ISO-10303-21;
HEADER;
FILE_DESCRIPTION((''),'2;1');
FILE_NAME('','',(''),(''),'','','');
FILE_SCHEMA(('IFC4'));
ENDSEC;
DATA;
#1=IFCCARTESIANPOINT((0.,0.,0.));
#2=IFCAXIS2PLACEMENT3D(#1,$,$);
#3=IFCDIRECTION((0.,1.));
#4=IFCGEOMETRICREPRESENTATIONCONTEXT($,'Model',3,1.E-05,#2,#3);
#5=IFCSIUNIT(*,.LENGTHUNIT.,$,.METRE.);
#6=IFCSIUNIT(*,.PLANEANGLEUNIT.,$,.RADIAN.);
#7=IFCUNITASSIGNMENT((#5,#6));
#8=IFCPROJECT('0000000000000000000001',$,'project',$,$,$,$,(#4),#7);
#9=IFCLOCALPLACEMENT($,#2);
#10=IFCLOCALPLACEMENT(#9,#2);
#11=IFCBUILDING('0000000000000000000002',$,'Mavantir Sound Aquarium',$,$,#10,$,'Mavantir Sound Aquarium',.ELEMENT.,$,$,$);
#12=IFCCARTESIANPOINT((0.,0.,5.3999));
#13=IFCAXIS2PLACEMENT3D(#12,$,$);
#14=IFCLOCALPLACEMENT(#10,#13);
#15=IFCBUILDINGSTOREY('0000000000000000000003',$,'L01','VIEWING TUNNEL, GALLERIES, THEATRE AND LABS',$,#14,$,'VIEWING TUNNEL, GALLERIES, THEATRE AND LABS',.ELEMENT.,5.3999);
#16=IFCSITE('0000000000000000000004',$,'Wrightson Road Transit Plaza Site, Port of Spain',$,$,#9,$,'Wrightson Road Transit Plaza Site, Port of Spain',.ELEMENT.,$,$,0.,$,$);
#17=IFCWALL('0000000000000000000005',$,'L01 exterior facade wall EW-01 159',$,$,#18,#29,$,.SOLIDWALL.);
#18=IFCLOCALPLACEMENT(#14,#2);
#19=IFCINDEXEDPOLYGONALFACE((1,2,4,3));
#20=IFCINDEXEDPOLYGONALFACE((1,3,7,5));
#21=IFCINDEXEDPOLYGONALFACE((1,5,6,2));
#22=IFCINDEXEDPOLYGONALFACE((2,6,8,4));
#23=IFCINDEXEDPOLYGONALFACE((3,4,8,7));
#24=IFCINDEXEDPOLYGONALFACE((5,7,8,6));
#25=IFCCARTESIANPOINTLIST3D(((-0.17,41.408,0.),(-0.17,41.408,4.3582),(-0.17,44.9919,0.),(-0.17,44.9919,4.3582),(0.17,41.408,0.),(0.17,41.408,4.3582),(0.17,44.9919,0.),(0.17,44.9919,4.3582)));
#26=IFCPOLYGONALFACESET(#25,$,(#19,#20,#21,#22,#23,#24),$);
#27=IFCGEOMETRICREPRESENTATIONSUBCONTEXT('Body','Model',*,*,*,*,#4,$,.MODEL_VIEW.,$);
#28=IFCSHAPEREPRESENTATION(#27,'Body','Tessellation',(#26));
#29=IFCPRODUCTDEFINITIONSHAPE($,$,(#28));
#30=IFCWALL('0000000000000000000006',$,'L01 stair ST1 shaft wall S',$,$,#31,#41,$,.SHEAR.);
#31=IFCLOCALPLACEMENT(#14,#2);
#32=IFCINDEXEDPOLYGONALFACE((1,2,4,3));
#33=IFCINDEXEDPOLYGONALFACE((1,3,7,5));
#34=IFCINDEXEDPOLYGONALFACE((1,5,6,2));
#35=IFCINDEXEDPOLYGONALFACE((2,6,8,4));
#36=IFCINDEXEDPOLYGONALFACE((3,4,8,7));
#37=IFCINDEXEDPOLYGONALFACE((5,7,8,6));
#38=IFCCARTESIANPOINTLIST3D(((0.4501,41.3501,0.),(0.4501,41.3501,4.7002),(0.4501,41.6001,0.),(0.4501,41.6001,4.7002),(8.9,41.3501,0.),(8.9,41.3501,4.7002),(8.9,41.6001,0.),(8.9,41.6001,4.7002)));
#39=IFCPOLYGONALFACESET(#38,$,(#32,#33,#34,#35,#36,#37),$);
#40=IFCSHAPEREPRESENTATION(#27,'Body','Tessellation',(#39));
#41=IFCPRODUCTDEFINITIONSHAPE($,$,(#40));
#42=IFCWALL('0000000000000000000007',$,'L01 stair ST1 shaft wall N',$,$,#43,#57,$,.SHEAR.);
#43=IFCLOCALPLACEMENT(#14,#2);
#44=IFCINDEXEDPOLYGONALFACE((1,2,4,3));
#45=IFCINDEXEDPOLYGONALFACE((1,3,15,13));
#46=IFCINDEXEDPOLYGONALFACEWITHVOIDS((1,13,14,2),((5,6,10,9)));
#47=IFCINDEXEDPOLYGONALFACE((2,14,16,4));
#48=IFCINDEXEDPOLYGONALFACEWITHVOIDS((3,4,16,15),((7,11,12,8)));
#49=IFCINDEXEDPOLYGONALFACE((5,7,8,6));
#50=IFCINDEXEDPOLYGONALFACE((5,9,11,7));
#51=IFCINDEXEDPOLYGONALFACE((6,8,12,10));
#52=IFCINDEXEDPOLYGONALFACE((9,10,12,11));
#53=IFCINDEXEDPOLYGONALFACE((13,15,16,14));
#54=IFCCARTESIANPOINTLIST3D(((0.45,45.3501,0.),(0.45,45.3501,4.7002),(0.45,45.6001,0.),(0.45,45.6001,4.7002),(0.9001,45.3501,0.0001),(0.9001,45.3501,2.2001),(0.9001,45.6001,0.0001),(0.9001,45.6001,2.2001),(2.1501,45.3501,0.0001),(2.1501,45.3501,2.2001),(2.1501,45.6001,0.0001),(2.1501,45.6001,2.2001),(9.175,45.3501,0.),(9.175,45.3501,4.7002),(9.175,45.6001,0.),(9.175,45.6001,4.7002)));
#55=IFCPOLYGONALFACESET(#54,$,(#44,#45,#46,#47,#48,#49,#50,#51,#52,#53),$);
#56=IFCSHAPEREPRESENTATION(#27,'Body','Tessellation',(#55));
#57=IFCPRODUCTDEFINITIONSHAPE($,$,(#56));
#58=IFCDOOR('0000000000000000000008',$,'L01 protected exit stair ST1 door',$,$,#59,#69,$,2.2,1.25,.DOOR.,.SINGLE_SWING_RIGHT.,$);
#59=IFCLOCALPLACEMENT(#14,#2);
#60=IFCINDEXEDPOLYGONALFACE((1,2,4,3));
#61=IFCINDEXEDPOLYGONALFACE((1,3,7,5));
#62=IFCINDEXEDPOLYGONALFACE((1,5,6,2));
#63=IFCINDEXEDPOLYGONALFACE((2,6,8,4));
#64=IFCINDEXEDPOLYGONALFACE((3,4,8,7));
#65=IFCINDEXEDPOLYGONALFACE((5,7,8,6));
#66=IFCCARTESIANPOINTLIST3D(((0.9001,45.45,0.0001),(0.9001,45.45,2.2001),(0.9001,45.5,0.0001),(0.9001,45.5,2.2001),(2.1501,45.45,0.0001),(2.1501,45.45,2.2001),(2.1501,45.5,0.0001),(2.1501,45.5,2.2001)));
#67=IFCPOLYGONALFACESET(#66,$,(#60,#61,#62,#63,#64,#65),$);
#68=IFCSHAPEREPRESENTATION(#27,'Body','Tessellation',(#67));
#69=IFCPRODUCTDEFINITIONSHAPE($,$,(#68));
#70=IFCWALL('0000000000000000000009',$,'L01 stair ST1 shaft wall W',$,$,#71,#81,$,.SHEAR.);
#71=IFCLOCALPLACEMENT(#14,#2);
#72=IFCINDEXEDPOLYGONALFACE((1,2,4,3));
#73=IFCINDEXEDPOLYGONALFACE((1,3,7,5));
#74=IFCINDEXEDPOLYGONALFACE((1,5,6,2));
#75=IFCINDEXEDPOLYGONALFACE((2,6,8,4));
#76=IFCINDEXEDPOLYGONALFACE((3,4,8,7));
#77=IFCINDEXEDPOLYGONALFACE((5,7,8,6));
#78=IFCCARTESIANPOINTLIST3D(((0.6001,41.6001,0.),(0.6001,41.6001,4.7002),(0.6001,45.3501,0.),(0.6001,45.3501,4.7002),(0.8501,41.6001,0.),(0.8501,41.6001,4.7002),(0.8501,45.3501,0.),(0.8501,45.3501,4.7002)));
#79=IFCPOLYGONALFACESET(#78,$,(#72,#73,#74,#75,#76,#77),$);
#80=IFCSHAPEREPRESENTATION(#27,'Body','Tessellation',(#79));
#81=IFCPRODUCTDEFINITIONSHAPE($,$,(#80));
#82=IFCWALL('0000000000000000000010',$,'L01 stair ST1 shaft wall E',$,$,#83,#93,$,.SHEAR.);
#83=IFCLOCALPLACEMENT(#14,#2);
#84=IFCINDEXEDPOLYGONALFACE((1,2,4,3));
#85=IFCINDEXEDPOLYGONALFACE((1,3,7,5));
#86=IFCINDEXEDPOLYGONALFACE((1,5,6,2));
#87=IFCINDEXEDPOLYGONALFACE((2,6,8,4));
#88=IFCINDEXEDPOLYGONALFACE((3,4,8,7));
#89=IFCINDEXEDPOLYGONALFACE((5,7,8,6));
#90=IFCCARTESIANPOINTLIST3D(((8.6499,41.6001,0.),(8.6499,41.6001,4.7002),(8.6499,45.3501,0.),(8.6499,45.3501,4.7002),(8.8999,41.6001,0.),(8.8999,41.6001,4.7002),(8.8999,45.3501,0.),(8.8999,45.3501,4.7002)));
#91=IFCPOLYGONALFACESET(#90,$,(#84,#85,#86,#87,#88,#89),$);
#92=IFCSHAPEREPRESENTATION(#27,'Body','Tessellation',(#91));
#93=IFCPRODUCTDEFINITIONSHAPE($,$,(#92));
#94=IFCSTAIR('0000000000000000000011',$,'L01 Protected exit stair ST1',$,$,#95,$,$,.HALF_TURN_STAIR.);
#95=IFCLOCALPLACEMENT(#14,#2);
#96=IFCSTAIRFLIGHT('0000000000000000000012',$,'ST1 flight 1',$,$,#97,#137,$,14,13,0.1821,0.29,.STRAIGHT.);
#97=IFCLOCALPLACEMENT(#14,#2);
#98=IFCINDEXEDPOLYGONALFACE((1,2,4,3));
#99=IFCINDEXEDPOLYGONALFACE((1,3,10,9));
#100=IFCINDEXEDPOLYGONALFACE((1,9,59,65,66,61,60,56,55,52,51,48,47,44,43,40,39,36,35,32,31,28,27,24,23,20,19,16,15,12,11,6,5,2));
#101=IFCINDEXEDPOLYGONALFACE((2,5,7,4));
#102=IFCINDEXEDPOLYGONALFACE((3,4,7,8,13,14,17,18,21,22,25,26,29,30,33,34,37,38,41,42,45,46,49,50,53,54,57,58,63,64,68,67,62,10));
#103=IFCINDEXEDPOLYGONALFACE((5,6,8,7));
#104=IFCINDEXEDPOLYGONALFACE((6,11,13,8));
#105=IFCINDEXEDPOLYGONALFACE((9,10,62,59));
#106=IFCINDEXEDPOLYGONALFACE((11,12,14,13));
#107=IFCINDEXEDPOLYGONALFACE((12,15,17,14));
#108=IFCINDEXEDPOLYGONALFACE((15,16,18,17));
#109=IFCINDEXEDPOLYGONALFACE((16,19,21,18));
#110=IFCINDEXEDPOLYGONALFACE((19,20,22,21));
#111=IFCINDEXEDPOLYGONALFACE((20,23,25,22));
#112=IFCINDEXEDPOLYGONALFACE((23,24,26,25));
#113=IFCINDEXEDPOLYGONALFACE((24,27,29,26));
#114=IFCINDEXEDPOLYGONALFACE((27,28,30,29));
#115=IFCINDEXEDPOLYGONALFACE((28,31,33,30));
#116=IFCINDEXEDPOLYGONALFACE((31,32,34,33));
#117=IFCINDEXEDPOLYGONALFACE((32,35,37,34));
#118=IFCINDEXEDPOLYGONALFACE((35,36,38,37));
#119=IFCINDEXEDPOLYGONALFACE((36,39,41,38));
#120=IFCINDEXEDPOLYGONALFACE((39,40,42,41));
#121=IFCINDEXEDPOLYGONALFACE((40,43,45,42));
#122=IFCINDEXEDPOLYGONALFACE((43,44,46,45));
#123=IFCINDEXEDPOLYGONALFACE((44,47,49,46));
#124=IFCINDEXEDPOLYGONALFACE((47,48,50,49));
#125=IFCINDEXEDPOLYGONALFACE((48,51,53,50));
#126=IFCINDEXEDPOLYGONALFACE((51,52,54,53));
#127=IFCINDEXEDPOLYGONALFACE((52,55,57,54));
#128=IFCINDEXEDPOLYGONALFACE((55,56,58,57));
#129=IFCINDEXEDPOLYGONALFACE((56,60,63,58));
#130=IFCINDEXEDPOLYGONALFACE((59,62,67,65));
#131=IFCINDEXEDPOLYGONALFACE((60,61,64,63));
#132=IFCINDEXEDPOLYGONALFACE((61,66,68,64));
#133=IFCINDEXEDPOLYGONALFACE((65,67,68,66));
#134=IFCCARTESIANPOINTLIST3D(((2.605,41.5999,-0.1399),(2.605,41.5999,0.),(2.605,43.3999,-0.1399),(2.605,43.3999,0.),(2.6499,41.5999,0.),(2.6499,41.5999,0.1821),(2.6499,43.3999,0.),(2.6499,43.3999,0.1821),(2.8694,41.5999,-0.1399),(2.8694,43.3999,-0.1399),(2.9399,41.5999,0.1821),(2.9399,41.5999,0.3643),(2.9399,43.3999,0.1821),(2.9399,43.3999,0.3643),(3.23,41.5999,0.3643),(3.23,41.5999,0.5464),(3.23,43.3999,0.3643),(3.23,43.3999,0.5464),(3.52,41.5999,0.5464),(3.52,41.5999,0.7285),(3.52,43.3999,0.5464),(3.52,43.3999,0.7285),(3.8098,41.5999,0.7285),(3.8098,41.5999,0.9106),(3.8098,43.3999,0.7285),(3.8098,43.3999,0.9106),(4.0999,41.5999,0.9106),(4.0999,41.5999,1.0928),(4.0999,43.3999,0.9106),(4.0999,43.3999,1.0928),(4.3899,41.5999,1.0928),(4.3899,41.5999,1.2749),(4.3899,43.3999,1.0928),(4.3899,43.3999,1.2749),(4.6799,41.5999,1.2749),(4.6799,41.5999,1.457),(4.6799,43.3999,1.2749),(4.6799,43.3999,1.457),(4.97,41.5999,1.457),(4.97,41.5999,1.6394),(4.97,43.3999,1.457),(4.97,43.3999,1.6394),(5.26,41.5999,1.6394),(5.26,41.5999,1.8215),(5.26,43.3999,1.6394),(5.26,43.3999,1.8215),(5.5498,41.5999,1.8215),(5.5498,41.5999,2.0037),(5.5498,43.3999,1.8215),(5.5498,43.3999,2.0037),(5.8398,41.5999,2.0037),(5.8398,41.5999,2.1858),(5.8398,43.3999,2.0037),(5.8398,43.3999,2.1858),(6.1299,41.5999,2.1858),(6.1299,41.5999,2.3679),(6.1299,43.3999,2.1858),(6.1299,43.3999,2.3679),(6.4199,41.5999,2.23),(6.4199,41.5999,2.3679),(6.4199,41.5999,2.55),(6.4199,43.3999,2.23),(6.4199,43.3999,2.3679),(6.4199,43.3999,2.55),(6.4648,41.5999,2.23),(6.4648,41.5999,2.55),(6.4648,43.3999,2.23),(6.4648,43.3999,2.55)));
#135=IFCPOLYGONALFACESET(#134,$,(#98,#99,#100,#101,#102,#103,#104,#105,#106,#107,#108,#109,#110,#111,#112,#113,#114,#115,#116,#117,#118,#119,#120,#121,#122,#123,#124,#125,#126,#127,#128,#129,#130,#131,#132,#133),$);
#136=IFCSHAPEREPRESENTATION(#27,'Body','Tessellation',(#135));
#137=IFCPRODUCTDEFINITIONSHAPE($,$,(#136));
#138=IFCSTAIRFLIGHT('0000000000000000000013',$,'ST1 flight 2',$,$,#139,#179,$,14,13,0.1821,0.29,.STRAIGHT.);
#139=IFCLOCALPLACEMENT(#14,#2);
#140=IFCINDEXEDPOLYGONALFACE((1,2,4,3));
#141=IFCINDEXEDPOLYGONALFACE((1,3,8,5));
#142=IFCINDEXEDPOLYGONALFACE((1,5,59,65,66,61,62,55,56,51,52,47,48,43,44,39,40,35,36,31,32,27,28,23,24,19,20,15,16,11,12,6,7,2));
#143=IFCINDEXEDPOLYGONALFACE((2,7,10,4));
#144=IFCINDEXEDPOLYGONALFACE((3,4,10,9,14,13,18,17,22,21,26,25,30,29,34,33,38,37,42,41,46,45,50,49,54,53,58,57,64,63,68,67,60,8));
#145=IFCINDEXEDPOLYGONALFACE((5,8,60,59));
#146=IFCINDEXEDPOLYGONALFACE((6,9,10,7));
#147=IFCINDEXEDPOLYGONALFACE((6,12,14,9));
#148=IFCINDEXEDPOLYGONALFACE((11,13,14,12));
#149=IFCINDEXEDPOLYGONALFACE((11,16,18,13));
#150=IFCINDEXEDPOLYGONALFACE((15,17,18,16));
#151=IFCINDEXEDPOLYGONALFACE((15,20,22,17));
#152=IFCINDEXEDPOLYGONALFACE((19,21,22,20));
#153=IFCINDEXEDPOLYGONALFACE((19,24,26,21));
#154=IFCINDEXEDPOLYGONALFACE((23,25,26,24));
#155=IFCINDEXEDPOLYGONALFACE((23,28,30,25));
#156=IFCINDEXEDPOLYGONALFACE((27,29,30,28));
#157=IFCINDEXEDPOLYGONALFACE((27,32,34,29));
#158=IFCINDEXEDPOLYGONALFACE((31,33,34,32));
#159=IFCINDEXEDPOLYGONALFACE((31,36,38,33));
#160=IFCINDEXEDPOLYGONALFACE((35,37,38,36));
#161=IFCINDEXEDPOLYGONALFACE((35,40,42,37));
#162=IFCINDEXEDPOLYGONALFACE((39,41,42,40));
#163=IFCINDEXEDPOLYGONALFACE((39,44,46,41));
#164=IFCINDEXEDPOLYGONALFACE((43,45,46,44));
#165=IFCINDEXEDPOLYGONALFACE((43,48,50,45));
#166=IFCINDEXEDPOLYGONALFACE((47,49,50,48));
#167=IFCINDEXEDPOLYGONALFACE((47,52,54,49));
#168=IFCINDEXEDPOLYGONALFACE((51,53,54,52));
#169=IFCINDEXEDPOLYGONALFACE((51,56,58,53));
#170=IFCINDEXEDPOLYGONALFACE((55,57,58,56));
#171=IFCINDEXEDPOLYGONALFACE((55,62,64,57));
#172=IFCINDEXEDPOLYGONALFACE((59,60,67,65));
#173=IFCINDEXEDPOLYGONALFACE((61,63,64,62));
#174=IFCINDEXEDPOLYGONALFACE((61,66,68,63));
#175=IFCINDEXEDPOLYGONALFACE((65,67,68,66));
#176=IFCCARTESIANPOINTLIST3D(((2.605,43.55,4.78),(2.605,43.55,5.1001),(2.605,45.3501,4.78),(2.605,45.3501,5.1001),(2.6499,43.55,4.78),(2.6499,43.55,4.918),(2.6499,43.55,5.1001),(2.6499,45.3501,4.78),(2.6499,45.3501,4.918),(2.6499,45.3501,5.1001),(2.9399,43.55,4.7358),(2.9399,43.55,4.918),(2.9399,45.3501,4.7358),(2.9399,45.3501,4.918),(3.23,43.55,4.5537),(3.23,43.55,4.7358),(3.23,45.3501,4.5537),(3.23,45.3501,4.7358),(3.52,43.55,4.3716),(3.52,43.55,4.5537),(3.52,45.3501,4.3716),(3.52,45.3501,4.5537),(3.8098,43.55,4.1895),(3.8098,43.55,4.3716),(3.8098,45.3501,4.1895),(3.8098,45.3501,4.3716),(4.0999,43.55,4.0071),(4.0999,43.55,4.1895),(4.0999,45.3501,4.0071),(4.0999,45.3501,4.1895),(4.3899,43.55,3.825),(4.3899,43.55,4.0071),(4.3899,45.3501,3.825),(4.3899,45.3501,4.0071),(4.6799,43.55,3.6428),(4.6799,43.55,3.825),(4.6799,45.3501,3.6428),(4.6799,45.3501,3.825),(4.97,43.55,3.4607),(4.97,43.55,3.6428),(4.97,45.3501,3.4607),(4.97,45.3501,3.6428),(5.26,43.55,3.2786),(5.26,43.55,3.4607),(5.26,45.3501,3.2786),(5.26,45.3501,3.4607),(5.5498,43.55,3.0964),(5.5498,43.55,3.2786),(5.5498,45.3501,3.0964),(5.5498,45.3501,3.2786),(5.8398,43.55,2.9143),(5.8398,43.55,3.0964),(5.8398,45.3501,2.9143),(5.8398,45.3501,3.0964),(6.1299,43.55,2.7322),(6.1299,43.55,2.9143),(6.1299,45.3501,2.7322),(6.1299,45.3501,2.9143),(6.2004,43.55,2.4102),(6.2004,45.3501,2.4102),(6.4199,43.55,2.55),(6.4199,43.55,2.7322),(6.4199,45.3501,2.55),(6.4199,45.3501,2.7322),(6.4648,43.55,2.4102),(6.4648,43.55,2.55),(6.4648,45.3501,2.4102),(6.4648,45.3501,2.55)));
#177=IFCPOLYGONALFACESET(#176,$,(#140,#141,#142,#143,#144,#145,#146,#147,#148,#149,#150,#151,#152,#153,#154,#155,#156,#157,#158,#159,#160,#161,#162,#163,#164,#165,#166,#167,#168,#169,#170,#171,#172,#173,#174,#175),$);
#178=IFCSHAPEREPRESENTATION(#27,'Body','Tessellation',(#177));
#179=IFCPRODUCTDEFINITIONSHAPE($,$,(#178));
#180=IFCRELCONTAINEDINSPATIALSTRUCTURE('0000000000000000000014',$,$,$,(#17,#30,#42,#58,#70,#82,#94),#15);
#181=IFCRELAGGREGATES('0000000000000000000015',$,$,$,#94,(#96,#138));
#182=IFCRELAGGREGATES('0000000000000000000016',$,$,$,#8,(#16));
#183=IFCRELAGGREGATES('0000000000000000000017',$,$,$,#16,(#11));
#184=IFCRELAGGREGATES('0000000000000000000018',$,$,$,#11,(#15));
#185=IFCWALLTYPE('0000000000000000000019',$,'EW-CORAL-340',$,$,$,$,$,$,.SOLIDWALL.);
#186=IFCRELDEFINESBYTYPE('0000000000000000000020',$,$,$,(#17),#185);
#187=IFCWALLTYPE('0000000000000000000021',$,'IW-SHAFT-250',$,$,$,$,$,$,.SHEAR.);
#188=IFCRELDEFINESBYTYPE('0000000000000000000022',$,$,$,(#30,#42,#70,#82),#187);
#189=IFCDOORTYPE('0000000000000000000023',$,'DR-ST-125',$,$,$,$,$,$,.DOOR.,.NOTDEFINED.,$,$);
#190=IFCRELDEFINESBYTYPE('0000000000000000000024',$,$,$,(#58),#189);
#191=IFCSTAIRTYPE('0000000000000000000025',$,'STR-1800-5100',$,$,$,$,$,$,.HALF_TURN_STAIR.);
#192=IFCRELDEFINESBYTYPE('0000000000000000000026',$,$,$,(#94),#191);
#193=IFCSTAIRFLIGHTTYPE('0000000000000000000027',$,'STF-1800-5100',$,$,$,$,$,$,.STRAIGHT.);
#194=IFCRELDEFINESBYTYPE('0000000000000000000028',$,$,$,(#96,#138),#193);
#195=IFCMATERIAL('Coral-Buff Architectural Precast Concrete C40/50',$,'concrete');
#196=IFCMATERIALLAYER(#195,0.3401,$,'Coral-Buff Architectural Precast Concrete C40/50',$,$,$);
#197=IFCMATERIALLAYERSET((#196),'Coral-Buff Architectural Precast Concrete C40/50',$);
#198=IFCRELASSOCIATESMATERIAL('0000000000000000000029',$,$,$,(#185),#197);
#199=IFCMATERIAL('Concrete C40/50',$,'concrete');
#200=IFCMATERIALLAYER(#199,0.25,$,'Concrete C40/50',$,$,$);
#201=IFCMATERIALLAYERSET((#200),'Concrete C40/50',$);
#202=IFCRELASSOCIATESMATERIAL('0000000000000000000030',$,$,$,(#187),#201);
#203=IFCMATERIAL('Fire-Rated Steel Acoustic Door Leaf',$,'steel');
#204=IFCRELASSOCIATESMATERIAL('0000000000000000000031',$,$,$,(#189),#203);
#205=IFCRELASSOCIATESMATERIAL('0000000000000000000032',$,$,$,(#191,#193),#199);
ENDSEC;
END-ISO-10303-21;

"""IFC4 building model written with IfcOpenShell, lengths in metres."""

from ifc_helpers import new_model, si_unit, direction, frame, frame_2d, origin, place, context, subcontext, project, spatial, polyline, rectangle, outline, extrude, material, layer, layer_set, type_object, element, fill, aggregate, save


model = new_model("IFC4")

# Units and contexts
model_context = context("Model", 3, precision=1e-05, world=origin(), true_north=direction((0.0, 1.0)))
body_context = subcontext(model_context, "Body", "Model", "MODEL_VIEW")
ifc_project = project(units=[si_unit("LENGTHUNIT", "METRE"), si_unit("PLANEANGLEUNIT", "RADIAN")], contexts=[model_context])

# Site, building, storey
site_placement = place(None, origin())
site = spatial("IfcSite", under=ifc_project, at=site_placement, Name="Wrightson Road Transit Plaza Site, Port of Spain", LongName="Wrightson Road Transit Plaza Site, Port of Spain", CompositionType="ELEMENT", RefElevation=0.0)
building_placement = place(site_placement, origin())
building = spatial("IfcBuilding", under=site, at=building_placement, Name="Mavantir Sound Aquarium", LongName="Mavantir Sound Aquarium", CompositionType="ELEMENT")
storey_placement = place(building_placement, frame((0.0, 0.0, 5.3999)))
storey = spatial("IfcBuildingStorey", under=building, at=storey_placement, Name="L01", Description="VIEWING TUNNEL, GALLERIES, THEATRE AND LABS", LongName="VIEWING TUNNEL, GALLERIES, THEATRE AND LABS", CompositionType="ELEMENT", Elevation=5.3999)

# Shared definitions
ifc_material_1 = material(Name="Concrete C40/50", Category="concrete")

# Walls
ifc_material_2 = material(Name="Coral-Buff Architectural Precast Concrete C40/50", Category="concrete")
ifc_layer_1 = layer(ifc_material_2, 0.3401, Name="Coral-Buff Architectural Precast Concrete C40/50")
ifc_layer_set_1 = layer_set([ifc_layer_1], Name="Coral-Buff Architectural Precast Concrete C40/50")
wall_type_1 = type_object("IfcWallType", Name="EW-CORAL-340", PredefinedType="SOLIDWALL", material=ifc_layer_set_1)
wall_1_placement = place(storey_placement, frame((0.0, 44.9919, 0.0), z_axis=(0.0, 0.0, 1.0), x_axis=(0.0, -1.0, 0.0)))
element("IfcWall", 1, at=wall_1_placement, inside=storey, type_object=wall_type_1, Name="L01 exterior facade wall EW-01 159", PredefinedType="SOLIDWALL", context=body_context, shape_type="SweptSolid", body=[
    extrude(rectangle(XDim=3.584, YDim=0.3401, at=frame_2d((1.792, 0.0))), origin(), (0.0, 0.0, 1.0), 4.3582),
])
ifc_layer_2 = layer(ifc_material_1, 0.25, Name="Concrete C40/50")
ifc_layer_set_2 = layer_set([ifc_layer_2], Name="Concrete C40/50")
wall_type_2 = type_object("IfcWallType", Name="IW-SHAFT-250", PredefinedType="SHEAR", material=ifc_layer_set_2)
wall_2_placement = place(storey_placement, frame((0.45, 41.4751, 0.0), z_axis=(0.0, 0.0, 1.0), x_axis=(1.0, 0.0, 0.0)))
element("IfcWall", 2, at=wall_2_placement, inside=storey, type_object=wall_type_2, Name="L01 stair ST1 shaft wall S", PredefinedType="SHEAR", context=body_context, shape_type="SweptSolid", body=[
    extrude(rectangle(XDim=8.45, YDim=0.25, at=frame_2d((4.2251, 0.0))), origin(), (0.0, 0.0, 1.0), 4.7002),
])

# Wall, opening, door
wall_3_placement = place(storey_placement, frame((9.175, 45.4751, 0.0), z_axis=(0.0, 0.0, 1.0), x_axis=(-1.0, 0.0, 0.0)))
wall_3 = element("IfcWall", 3, at=wall_3_placement, inside=storey, type_object=wall_type_2, Name="L01 stair ST1 shaft wall N", PredefinedType="SHEAR", context=body_context, shape_type="SweptSolid", body=[
    extrude(rectangle(XDim=8.7251, YDim=0.25, at=frame_2d((4.3625, 0.0))), origin(), (0.0, 0.0, 1.0), 4.7002),
])
opening_placement = place(wall_3_placement, frame((8.2749, 0.0, 0.0), z_axis=(0.0, 0.0, 1.0), x_axis=(-1.0, 0.0, 0.0)))
opening = element("IfcOpeningElement", 4, at=opening_placement, cuts=wall_3, PredefinedType="OPENING", context=body_context, shape_type="SweptSolid", body=[
    extrude(rectangle(XDim=1.25, YDim=2.2, at=frame_2d((0.625, 1.1001))), frame((0.0, 0.135, 0.0), z_axis=(0.0, -1.0, 0.0), x_axis=(1.0, 0.0, 0.0)), (0.0, 0.0, 1.0), 0.27),
])
ifc_material_3 = material(Name="Fire-Rated Steel Acoustic Door Leaf", Category="steel")
door_type = type_object("IfcDoorType", Name="DR-ST-125", OperationType="NOTDEFINED", PredefinedType="DOOR", material=ifc_material_3)
door_placement = place(opening_placement, origin())
door = element("IfcDoor", 5, at=door_placement, inside=storey, type_object=door_type, Name="L01 protected exit stair ST1 door", OperationType="SINGLE_SWING_RIGHT", OverallHeight=2.2, OverallWidth=1.25, PredefinedType="DOOR", context=body_context, shape_type="SweptSolid", body=[
    extrude(rectangle(XDim=1.25, YDim=2.2, at=frame_2d((0.625, 1.1001))), frame((0.0, 0.0249, 0.0), z_axis=(0.0, -1.0, 0.0), x_axis=(1.0, 0.0, 0.0)), (0.0, 0.0, 1.0), 0.05),
])
fill(opening, door)

# Walls
for number, where, z_axis, x_axis, name in (
    (6, (0.7251, 45.3501, 0.0), (0.0, 0.0, 1.0), (0.0, -1.0, 0.0), "L01 stair ST1 shaft wall W"),
    (7, (8.7749, 41.6001, 0.0), (0.0, 0.0, 1.0), (0.0, 1.0, 0.0), "L01 stair ST1 shaft wall E"),
):
    element("IfcWall", number, at=place(storey_placement, frame(where, z_axis=z_axis, x_axis=x_axis)), inside=storey, type_object=wall_type_2, Name=name, PredefinedType="SHEAR", context=body_context, shape_type="SweptSolid", body=[
        extrude(rectangle(XDim=3.75, YDim=0.25, at=frame_2d((1.875, 0.0))), origin(), (0.0, 0.0, 1.0), 4.7002),
    ])

# Stair, stair flights
stair_type = type_object("IfcStairType", Name="STR-1800-5100", PredefinedType="HALF_TURN_STAIR", material=ifc_material_1)
stair_placement = place(storey_placement, origin())
stair = element("IfcStair", 8, at=stair_placement, inside=storey, type_object=stair_type, Name="L01 Protected exit stair ST1", PredefinedType="HALF_TURN_STAIR")
stair_flight_type = type_object("IfcStairFlightType", Name="STF-1800-5100", PredefinedType="STRAIGHT", material=ifc_material_1)
stair_flight_1_placement = place(storey_placement, frame((2.6499, 42.5, 0.0), z_axis=(0.0, 0.0, 1.0), x_axis=(1.0, 0.0, 0.0)))
stair_flight_1 = element("IfcStairFlight", 9, at=stair_flight_1_placement, type_object=stair_flight_type, Name="ST1 flight 1", NumberOfRisers=14, NumberOfTreads=13, PredefinedType="STRAIGHT", RiserHeight=0.1821, TreadLength=0.29, context=body_context, shape_type="SweptSolid", body=[
    extrude(outline(polyline([(-0.0449, -0.1399), (-0.0449, 0.0), (0.0, 0.0), (0.0, 0.1821), (0.29, 0.1821), (0.29, 0.3643), (0.5801, 0.3643), (0.5801, 0.5464), (0.8701, 0.5464), (0.8701, 0.7285), (1.1599, 0.7285), (1.1599, 0.9106), (1.45, 0.9106), (1.45, 1.0928), (1.74, 1.0928), (1.74, 1.2749), (2.03, 1.2749), (2.03, 1.457), (2.3201, 1.457), (2.3201, 1.6394), (2.6101, 1.6394), (2.6101, 1.8215), (2.8999, 1.8215), (2.8999, 2.0037), (3.1899, 2.0037), (3.1899, 2.1858), (3.48, 2.1858), (3.48, 2.3679), (3.77, 2.3679), (3.77, 2.55), (3.8149, 2.55), (3.8149, 2.23), (3.77, 2.23), (0.2195, -0.1399), (-0.0449, -0.1399)])), frame((0.0, 0.8999, 0.0), z_axis=(0.0, -1.0, 0.0), x_axis=(1.0, 0.0, 0.0)), (0.0, 0.0, 1.0), 1.8),
])
stair_flight_2_placement = place(storey_placement, frame((6.4199, 44.45, 2.55), z_axis=(0.0, 0.0, 1.0), x_axis=(-1.0, 0.0, 0.0)))
stair_flight_2 = element("IfcStairFlight", 10, at=stair_flight_2_placement, type_object=stair_flight_type, Name="ST1 flight 2", NumberOfRisers=14, NumberOfTreads=13, PredefinedType="STRAIGHT", RiserHeight=0.1821, TreadLength=0.29, context=body_context, shape_type="SweptSolid", body=[
    extrude(outline(polyline([(-0.0449, -0.1399), (-0.0449, 0.0), (0.0, 0.0), (0.0, 0.1821), (0.29, 0.1821), (0.29, 0.3643), (0.5801, 0.3643), (0.5801, 0.5464), (0.8701, 0.5464), (0.8701, 0.7285), (1.1599, 0.7285), (1.1599, 0.9106), (1.45, 0.9106), (1.45, 1.0928), (1.74, 1.0928), (1.74, 1.2749), (2.03, 1.2749), (2.03, 1.457), (2.3201, 1.457), (2.3201, 1.6394), (2.6101, 1.6394), (2.6101, 1.8215), (2.8999, 1.8215), (2.8999, 2.0037), (3.1899, 2.0037), (3.1899, 2.1858), (3.48, 2.1858), (3.48, 2.3679), (3.77, 2.3679), (3.77, 2.55), (3.8149, 2.55), (3.8149, 2.23), (3.77, 2.23), (0.2195, -0.1399), (-0.0449, -0.1399)])), frame((0.0, 0.8999, 0.0), z_axis=(0.0, -1.0, 0.0), x_axis=(1.0, 0.0, 0.0)), (0.0, 0.0, 1.0), 1.8),
])
aggregate(stair, [stair_flight_1, stair_flight_2])

save(model, "model.ifc")
